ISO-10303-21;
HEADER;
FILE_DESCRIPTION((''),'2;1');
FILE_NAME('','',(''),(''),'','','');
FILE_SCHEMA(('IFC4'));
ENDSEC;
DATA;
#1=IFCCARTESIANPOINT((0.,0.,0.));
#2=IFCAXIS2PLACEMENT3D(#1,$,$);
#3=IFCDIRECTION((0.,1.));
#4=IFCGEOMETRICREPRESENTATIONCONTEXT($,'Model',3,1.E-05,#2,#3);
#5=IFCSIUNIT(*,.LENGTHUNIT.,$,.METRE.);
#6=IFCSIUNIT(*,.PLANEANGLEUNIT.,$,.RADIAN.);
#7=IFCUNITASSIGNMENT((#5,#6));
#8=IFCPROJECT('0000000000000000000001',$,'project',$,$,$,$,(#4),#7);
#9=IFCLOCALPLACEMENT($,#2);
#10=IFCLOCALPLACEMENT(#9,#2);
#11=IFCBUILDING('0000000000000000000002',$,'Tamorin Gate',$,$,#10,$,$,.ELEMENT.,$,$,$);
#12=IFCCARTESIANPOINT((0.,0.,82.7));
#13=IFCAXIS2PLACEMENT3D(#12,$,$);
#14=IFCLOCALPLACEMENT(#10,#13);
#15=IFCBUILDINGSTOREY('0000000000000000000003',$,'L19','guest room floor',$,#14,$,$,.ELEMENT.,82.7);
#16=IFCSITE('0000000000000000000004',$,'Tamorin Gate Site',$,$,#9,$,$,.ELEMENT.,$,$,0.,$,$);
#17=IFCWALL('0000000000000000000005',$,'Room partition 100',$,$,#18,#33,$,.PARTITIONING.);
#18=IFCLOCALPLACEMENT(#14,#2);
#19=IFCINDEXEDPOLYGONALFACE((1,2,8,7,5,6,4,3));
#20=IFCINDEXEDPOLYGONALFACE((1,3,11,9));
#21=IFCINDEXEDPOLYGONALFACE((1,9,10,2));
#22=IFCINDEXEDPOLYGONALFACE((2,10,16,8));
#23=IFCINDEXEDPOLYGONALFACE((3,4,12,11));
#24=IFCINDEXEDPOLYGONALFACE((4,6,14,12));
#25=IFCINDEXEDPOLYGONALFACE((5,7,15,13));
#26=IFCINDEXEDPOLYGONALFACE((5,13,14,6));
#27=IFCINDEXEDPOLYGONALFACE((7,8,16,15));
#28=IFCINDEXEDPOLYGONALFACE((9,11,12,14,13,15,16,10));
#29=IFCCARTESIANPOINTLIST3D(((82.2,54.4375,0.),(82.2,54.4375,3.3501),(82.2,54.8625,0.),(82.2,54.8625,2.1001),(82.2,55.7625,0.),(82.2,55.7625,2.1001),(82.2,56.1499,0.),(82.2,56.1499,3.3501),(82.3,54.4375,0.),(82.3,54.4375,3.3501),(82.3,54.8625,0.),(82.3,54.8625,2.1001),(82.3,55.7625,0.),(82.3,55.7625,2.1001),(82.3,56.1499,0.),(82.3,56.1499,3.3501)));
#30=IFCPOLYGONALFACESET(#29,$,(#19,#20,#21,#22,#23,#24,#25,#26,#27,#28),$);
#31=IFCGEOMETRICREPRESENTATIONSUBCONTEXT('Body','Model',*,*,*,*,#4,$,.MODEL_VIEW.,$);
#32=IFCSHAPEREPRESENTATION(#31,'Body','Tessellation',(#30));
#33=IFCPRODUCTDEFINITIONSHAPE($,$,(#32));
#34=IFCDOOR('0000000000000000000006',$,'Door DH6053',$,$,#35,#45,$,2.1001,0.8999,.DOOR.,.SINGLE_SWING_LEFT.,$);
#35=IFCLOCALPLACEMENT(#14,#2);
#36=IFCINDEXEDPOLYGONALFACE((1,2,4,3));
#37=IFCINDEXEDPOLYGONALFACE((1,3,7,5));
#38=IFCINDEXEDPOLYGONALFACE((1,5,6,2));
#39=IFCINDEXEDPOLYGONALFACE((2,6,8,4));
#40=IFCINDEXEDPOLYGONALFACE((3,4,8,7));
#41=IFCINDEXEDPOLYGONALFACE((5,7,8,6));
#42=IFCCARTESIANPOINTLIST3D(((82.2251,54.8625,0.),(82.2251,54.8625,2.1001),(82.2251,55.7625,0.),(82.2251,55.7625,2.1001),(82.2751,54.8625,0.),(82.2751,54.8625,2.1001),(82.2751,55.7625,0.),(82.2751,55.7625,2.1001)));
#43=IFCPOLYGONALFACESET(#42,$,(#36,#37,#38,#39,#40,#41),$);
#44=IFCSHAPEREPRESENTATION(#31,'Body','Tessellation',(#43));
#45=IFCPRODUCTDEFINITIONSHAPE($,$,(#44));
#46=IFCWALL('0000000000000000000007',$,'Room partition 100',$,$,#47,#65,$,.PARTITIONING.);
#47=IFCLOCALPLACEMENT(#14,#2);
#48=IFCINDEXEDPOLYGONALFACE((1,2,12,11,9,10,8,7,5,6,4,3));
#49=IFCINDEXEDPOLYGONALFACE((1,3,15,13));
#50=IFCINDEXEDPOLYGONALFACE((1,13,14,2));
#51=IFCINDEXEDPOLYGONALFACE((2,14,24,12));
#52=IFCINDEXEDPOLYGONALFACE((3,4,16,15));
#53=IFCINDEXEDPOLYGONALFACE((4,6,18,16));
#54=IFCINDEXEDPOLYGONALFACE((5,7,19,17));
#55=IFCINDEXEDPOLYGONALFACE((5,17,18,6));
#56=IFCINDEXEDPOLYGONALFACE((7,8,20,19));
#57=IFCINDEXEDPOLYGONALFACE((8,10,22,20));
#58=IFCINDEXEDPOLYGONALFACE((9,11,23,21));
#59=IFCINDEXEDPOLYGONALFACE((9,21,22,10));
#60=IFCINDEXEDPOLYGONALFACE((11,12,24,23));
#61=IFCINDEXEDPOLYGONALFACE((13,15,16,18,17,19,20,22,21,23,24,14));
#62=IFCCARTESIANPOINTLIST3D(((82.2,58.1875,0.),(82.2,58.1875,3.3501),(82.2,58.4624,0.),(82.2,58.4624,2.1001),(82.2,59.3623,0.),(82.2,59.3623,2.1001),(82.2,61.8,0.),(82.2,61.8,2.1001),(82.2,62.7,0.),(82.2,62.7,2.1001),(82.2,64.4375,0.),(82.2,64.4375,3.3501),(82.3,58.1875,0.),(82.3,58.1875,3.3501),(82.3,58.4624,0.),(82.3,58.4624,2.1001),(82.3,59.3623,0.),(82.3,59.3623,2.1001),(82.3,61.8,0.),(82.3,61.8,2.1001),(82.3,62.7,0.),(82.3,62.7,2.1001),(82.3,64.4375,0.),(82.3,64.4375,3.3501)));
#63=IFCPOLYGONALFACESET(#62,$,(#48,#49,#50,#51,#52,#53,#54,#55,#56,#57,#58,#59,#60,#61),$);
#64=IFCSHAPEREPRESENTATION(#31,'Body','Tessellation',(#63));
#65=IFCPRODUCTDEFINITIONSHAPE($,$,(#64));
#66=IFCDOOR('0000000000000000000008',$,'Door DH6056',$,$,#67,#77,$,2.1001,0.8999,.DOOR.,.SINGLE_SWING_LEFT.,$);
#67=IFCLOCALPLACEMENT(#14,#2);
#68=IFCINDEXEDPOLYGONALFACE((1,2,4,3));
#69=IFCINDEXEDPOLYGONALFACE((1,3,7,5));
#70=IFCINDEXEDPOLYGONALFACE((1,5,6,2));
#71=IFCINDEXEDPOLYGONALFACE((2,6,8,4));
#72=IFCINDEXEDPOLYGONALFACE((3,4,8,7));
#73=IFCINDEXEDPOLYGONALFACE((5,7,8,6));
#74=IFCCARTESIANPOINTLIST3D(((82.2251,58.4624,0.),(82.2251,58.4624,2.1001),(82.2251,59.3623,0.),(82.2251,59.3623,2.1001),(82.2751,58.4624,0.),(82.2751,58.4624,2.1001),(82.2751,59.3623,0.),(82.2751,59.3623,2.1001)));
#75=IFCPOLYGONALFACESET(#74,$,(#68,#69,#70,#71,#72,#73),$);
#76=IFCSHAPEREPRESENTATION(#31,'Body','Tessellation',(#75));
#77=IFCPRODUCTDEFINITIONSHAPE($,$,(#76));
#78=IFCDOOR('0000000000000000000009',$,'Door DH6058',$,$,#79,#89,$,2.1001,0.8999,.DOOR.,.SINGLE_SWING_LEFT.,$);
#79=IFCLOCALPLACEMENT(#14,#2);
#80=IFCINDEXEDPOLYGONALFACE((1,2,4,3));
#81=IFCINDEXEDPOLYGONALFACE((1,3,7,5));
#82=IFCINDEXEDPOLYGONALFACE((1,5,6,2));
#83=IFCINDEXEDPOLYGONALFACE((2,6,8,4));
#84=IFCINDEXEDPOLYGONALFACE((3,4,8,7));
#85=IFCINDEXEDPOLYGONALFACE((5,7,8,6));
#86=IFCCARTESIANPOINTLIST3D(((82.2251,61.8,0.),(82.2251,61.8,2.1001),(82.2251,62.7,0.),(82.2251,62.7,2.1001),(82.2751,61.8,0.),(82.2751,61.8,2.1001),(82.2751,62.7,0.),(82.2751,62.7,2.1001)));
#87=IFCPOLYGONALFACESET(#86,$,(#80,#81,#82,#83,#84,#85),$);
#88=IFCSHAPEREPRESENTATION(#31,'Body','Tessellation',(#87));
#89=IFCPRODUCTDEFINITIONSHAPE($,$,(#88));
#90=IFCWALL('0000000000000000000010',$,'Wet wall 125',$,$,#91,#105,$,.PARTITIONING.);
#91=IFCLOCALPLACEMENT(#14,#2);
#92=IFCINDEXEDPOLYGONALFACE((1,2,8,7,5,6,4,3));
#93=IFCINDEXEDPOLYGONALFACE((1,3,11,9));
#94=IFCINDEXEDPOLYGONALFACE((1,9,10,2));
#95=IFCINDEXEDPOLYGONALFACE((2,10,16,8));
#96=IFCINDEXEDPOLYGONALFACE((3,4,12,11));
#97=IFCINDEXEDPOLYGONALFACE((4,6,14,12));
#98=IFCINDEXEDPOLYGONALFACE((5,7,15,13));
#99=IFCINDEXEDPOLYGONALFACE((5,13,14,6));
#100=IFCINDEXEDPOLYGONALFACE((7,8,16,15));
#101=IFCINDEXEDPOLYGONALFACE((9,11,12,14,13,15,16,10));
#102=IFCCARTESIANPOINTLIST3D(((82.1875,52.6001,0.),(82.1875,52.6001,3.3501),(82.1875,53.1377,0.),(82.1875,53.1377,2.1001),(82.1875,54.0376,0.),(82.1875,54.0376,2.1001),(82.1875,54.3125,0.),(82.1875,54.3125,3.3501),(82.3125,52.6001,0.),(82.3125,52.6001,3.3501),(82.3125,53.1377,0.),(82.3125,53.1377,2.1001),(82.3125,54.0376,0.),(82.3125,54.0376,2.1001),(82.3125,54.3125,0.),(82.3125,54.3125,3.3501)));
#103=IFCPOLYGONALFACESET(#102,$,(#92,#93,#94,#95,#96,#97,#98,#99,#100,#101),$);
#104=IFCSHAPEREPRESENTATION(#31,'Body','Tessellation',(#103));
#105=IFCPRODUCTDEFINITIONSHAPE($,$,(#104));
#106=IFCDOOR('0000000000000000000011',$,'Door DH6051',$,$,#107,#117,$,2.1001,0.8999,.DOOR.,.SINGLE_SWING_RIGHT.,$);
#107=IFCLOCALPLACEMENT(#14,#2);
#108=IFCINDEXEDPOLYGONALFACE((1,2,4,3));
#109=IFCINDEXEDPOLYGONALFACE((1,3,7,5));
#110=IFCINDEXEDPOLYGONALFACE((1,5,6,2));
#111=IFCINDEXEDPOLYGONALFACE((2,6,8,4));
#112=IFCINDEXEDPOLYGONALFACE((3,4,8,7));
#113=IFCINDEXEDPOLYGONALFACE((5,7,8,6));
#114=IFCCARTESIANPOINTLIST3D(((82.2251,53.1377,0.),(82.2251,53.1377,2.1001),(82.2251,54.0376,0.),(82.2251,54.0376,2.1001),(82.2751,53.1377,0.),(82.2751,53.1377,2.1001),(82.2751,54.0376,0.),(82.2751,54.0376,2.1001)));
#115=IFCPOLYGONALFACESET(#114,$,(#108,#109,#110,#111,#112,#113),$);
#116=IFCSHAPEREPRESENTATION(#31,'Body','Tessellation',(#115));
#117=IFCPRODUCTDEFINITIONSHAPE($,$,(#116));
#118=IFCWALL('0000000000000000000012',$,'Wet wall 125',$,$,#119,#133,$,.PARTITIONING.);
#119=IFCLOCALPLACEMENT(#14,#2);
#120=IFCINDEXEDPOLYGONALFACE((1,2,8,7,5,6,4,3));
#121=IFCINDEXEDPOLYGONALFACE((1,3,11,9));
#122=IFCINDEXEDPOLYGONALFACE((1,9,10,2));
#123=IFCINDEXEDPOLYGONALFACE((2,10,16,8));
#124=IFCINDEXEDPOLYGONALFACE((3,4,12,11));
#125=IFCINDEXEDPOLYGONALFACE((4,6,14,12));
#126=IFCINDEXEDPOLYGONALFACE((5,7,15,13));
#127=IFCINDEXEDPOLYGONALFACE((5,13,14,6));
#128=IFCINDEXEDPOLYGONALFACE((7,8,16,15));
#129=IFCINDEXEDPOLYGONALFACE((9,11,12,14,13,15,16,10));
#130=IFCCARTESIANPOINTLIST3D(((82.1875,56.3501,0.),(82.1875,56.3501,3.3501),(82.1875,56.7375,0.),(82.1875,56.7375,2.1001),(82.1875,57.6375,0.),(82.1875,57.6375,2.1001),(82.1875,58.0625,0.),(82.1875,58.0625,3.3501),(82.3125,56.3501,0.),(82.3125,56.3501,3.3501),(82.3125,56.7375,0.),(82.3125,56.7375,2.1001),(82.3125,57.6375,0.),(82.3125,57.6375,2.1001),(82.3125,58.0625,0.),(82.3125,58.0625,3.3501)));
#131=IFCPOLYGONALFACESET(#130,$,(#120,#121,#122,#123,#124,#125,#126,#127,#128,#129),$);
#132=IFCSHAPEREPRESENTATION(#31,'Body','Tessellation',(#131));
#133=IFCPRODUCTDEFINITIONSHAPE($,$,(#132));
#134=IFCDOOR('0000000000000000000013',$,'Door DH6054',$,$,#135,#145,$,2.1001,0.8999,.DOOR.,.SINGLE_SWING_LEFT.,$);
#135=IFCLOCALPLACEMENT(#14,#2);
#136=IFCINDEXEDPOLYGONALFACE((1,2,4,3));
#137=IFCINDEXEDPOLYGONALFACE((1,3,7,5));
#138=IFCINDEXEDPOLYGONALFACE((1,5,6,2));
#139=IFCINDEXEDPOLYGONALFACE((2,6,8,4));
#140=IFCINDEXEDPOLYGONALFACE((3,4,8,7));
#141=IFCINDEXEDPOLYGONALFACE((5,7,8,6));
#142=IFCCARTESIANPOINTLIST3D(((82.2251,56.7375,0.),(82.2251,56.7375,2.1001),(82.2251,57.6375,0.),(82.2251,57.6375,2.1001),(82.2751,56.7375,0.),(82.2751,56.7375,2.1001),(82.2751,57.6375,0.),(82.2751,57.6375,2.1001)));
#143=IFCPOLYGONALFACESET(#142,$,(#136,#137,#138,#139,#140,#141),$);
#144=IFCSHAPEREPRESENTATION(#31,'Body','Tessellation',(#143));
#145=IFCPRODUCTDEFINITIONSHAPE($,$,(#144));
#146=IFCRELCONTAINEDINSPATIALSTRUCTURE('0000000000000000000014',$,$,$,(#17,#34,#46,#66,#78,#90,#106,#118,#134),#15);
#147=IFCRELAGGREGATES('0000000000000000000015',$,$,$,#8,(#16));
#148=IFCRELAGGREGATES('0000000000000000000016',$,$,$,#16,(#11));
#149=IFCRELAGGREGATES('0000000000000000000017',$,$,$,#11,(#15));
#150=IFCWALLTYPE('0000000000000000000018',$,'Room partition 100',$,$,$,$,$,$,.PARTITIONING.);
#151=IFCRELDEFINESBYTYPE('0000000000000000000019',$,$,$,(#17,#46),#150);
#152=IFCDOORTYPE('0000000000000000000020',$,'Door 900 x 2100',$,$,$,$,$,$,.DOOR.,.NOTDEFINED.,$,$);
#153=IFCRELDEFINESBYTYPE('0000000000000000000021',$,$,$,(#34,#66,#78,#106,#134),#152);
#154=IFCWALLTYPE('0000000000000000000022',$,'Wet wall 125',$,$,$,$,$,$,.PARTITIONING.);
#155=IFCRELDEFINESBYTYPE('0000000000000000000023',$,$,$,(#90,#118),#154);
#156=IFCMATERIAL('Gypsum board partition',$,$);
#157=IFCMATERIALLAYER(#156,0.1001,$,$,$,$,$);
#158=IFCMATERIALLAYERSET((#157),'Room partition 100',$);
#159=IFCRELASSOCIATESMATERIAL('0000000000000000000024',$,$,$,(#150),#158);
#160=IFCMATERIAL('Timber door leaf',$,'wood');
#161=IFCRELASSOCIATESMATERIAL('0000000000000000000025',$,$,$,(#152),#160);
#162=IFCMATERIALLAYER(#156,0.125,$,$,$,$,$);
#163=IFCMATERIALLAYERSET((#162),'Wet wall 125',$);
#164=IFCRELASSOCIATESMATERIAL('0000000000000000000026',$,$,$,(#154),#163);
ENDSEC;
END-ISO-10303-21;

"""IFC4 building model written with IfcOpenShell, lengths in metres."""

from ifc_helpers import new_model, si_unit, direction, frame, frame_2d, origin, place, context, subcontext, project, spatial, rectangle, extrude, material, layer, layer_set, type_object, element, fill, save


model = new_model("IFC4")

# Units and contexts
model_context = context("Model", 3, precision=1e-05, world=origin(), true_north=direction((0.0, 1.0)))
body_context = subcontext(model_context, "Body", "Model", "MODEL_VIEW")
ifc_project = project(units=[si_unit("LENGTHUNIT", "METRE"), si_unit("PLANEANGLEUNIT", "RADIAN")], contexts=[model_context])

# Site, building, storey
site_placement = place(None, origin())
site = spatial("IfcSite", under=ifc_project, at=site_placement, Name="Tamorin Gate Site", CompositionType="ELEMENT", RefElevation=0.0)
building_placement = place(site_placement, origin())
building = spatial("IfcBuilding", under=site, at=building_placement, Name="Tamorin Gate", CompositionType="ELEMENT")
storey_placement = place(building_placement, frame((0.0, 0.0, 82.7)))
storey = spatial("IfcBuildingStorey", under=building, at=storey_placement, Name="L19", Description="guest room floor", CompositionType="ELEMENT", Elevation=82.7)

# Wall, opening, door
ifc_material_1 = material(Name="Gypsum board partition")
ifc_layer_1 = layer(ifc_material_1, 0.1001)
ifc_layer_set_1 = layer_set([ifc_layer_1], Name="Room partition 100")
wall_type_1 = type_object("IfcWallType", Name="Room partition 100", PredefinedType="PARTITIONING", material=ifc_layer_set_1)
wall_1_placement = place(storey_placement, frame((82.25, 54.4375, 0.0), z_axis=(0.0, 0.0, 1.0), x_axis=(0.0, 1.0, 0.0)))
wall_1 = element("IfcWall", 1, at=wall_1_placement, inside=storey, type_object=wall_type_1, Name="Room partition 100", PredefinedType="PARTITIONING", context=body_context, shape_type="SweptSolid", body=[
    extrude(rectangle(XDim=1.7124, YDim=0.1001, at=frame_2d((0.8562, 0.0))), origin(), (0.0, 0.0, 1.0), 3.3501),
])
opening_1_placement = place(wall_1_placement, frame((0.425, 0.0, 0.0)))
opening_1 = element("IfcOpeningElement", 2, at=opening_1_placement, cuts=wall_1, PredefinedType="OPENING", context=body_context, shape_type="SweptSolid", body=[
    extrude(rectangle(XDim=0.8999, YDim=2.1001, at=frame_2d((0.45, 1.05))), frame((0.0, 0.0601, 0.0), z_axis=(0.0, -1.0, 0.0), x_axis=(1.0, 0.0, 0.0)), (0.0, 0.0, 1.0), 0.1201),
])
ifc_material_2 = material(Name="Timber door leaf", Category="wood")
door_type = type_object("IfcDoorType", Name="Door 900 x 2100", OperationType="NOTDEFINED", PredefinedType="DOOR", material=ifc_material_2)
door_1_placement = place(opening_1_placement, origin())
door_1 = element("IfcDoor", 3, at=door_1_placement, inside=storey, type_object=door_type, Name="Door DH6053", OperationType="SINGLE_SWING_LEFT", OverallHeight=2.1001, OverallWidth=0.8999, PredefinedType="DOOR", context=body_context, shape_type="SweptSolid", body=[
    extrude(rectangle(XDim=0.8999, YDim=2.1001, at=frame_2d((0.45, 1.05))), frame((0.0, 0.0249, 0.0), z_axis=(0.0, -1.0, 0.0), x_axis=(1.0, 0.0, 0.0)), (0.0, 0.0, 1.0), 0.05),
])
fill(opening_1, door_1)

# Wall, openings, doors
wall_2_placement = place(storey_placement, frame((82.25, 58.1875, 0.0), z_axis=(0.0, 0.0, 1.0), x_axis=(0.0, 1.0, 0.0)))
wall_2 = element("IfcWall", 4, at=wall_2_placement, inside=storey, type_object=wall_type_1, Name="Room partition 100", PredefinedType="PARTITIONING", context=body_context, shape_type="SweptSolid", body=[
    extrude(rectangle(XDim=6.25, YDim=0.1001, at=frame_2d((3.125, 0.0))), origin(), (0.0, 0.0, 1.0), 3.3501),
])
opening_2_placement = place(wall_2_placement, frame((0.2749, 0.0, 0.0)))
opening_2 = element("IfcOpeningElement", 5, at=opening_2_placement, cuts=wall_2, PredefinedType="OPENING", context=body_context, shape_type="SweptSolid", body=[
    extrude(rectangle(XDim=0.8999, YDim=2.1001, at=frame_2d((0.45, 1.05))), frame((0.0, 0.0601, 0.0), z_axis=(0.0, -1.0, 0.0), x_axis=(1.0, 0.0, 0.0)), (0.0, 0.0, 1.0), 0.1201),
])
opening_3_placement = place(wall_2_placement, frame((3.6125, 0.0, 0.0)))
opening_3 = element("IfcOpeningElement", 6, at=opening_3_placement, cuts=wall_2, PredefinedType="OPENING", context=body_context, shape_type="SweptSolid", body=[
    extrude(rectangle(XDim=0.8999, YDim=2.1001, at=frame_2d((0.45, 1.05))), frame((0.0, 0.0601, 0.0), z_axis=(0.0, -1.0, 0.0), x_axis=(1.0, 0.0, 0.0)), (0.0, 0.0, 1.0), 0.1201),
])
door_2_placement = place(opening_2_placement, origin())
door_2 = element("IfcDoor", 7, at=door_2_placement, inside=storey, type_object=door_type, Name="Door DH6056", OperationType="SINGLE_SWING_LEFT", OverallHeight=2.1001, OverallWidth=0.8999, PredefinedType="DOOR", context=body_context, shape_type="SweptSolid", body=[
    extrude(rectangle(XDim=0.8999, YDim=2.1001, at=frame_2d((0.45, 1.05))), frame((0.0, 0.0249, 0.0), z_axis=(0.0, -1.0, 0.0), x_axis=(1.0, 0.0, 0.0)), (0.0, 0.0, 1.0), 0.05),
])
fill(opening_2, door_2)
door_3_placement = place(opening_3_placement, origin())
door_3 = element("IfcDoor", 8, at=door_3_placement, inside=storey, type_object=door_type, Name="Door DH6058", OperationType="SINGLE_SWING_LEFT", OverallHeight=2.1001, OverallWidth=0.8999, PredefinedType="DOOR", context=body_context, shape_type="SweptSolid", body=[
    extrude(rectangle(XDim=0.8999, YDim=2.1001, at=frame_2d((0.45, 1.05))), frame((0.0, 0.0249, 0.0), z_axis=(0.0, -1.0, 0.0), x_axis=(1.0, 0.0, 0.0)), (0.0, 0.0, 1.0), 0.05),
])
fill(opening_3, door_3)

# Walls, openings, doors
ifc_layer_2 = layer(ifc_material_1, 0.125)
ifc_layer_set_2 = layer_set([ifc_layer_2], Name="Wet wall 125")
wall_type_2 = type_object("IfcWallType", Name="Wet wall 125", PredefinedType="PARTITIONING", material=ifc_layer_set_2)
wall_3_placement = place(storey_placement, frame((82.25, 52.6001, 0.0), z_axis=(0.0, 0.0, 1.0), x_axis=(0.0, 1.0, 0.0)))
wall_3 = element("IfcWall", 9, at=wall_3_placement, inside=storey, type_object=wall_type_2, Name="Wet wall 125", PredefinedType="PARTITIONING", context=body_context, shape_type="SweptSolid", body=[
    extrude(rectangle(XDim=1.7124, YDim=0.125, at=frame_2d((0.8562, 0.0))), origin(), (0.0, 0.0, 1.0), 3.3501),
])
opening_4_placement = place(wall_3_placement, frame((0.5376, 0.0, 0.0)))
opening_4 = element("IfcOpeningElement", 10, at=opening_4_placement, cuts=wall_3, PredefinedType="OPENING", context=body_context, shape_type="SweptSolid", body=[
    extrude(rectangle(XDim=0.8999, YDim=2.1001, at=frame_2d((0.45, 1.05))), frame((0.0, 0.0725, 0.0), z_axis=(0.0, -1.0, 0.0), x_axis=(1.0, 0.0, 0.0)), (0.0, 0.0, 1.0), 0.145),
])
door_4_placement = place(opening_4_placement, origin())
door_4 = element("IfcDoor", 11, at=door_4_placement, inside=storey, type_object=door_type, Name="Door DH6051", OperationType="SINGLE_SWING_RIGHT", OverallHeight=2.1001, OverallWidth=0.8999, PredefinedType="DOOR", context=body_context, shape_type="SweptSolid", body=[
    extrude(rectangle(XDim=0.8999, YDim=2.1001, at=frame_2d((0.45, 1.05))), frame((0.0, 0.0249, 0.0), z_axis=(0.0, -1.0, 0.0), x_axis=(1.0, 0.0, 0.0)), (0.0, 0.0, 1.0), 0.05),
])
fill(opening_4, door_4)
wall_4_placement = place(storey_placement, frame((82.25, 56.3501, 0.0), z_axis=(0.0, 0.0, 1.0), x_axis=(0.0, 1.0, 0.0)))
wall_4 = element("IfcWall", 12, at=wall_4_placement, inside=storey, type_object=wall_type_2, Name="Wet wall 125", PredefinedType="PARTITIONING", context=body_context, shape_type="SweptSolid", body=[
    extrude(rectangle(XDim=1.7124, YDim=0.125, at=frame_2d((0.8562, 0.0))), origin(), (0.0, 0.0, 1.0), 3.3501),
])
opening_5_placement = place(wall_4_placement, frame((0.3875, 0.0, 0.0)))
opening_5 = element("IfcOpeningElement", 13, at=opening_5_placement, cuts=wall_4, PredefinedType="OPENING", context=body_context, shape_type="SweptSolid", body=[
    extrude(rectangle(XDim=0.8999, YDim=2.1001, at=frame_2d((0.45, 1.05))), frame((0.0, 0.0725, 0.0), z_axis=(0.0, -1.0, 0.0), x_axis=(1.0, 0.0, 0.0)), (0.0, 0.0, 1.0), 0.145),
])
door_5_placement = place(opening_5_placement, origin())
door_5 = element("IfcDoor", 14, at=door_5_placement, inside=storey, type_object=door_type, Name="Door DH6054", OperationType="SINGLE_SWING_LEFT", OverallHeight=2.1001, OverallWidth=0.8999, PredefinedType="DOOR", context=body_context, shape_type="SweptSolid", body=[
    extrude(rectangle(XDim=0.8999, YDim=2.1001, at=frame_2d((0.45, 1.05))), frame((0.0, 0.0249, 0.0), z_axis=(0.0, -1.0, 0.0), x_axis=(1.0, 0.0, 0.0)), (0.0, 0.0, 1.0), 0.05),
])
fill(opening_5, door_5)

save(model, "model.ifc")
